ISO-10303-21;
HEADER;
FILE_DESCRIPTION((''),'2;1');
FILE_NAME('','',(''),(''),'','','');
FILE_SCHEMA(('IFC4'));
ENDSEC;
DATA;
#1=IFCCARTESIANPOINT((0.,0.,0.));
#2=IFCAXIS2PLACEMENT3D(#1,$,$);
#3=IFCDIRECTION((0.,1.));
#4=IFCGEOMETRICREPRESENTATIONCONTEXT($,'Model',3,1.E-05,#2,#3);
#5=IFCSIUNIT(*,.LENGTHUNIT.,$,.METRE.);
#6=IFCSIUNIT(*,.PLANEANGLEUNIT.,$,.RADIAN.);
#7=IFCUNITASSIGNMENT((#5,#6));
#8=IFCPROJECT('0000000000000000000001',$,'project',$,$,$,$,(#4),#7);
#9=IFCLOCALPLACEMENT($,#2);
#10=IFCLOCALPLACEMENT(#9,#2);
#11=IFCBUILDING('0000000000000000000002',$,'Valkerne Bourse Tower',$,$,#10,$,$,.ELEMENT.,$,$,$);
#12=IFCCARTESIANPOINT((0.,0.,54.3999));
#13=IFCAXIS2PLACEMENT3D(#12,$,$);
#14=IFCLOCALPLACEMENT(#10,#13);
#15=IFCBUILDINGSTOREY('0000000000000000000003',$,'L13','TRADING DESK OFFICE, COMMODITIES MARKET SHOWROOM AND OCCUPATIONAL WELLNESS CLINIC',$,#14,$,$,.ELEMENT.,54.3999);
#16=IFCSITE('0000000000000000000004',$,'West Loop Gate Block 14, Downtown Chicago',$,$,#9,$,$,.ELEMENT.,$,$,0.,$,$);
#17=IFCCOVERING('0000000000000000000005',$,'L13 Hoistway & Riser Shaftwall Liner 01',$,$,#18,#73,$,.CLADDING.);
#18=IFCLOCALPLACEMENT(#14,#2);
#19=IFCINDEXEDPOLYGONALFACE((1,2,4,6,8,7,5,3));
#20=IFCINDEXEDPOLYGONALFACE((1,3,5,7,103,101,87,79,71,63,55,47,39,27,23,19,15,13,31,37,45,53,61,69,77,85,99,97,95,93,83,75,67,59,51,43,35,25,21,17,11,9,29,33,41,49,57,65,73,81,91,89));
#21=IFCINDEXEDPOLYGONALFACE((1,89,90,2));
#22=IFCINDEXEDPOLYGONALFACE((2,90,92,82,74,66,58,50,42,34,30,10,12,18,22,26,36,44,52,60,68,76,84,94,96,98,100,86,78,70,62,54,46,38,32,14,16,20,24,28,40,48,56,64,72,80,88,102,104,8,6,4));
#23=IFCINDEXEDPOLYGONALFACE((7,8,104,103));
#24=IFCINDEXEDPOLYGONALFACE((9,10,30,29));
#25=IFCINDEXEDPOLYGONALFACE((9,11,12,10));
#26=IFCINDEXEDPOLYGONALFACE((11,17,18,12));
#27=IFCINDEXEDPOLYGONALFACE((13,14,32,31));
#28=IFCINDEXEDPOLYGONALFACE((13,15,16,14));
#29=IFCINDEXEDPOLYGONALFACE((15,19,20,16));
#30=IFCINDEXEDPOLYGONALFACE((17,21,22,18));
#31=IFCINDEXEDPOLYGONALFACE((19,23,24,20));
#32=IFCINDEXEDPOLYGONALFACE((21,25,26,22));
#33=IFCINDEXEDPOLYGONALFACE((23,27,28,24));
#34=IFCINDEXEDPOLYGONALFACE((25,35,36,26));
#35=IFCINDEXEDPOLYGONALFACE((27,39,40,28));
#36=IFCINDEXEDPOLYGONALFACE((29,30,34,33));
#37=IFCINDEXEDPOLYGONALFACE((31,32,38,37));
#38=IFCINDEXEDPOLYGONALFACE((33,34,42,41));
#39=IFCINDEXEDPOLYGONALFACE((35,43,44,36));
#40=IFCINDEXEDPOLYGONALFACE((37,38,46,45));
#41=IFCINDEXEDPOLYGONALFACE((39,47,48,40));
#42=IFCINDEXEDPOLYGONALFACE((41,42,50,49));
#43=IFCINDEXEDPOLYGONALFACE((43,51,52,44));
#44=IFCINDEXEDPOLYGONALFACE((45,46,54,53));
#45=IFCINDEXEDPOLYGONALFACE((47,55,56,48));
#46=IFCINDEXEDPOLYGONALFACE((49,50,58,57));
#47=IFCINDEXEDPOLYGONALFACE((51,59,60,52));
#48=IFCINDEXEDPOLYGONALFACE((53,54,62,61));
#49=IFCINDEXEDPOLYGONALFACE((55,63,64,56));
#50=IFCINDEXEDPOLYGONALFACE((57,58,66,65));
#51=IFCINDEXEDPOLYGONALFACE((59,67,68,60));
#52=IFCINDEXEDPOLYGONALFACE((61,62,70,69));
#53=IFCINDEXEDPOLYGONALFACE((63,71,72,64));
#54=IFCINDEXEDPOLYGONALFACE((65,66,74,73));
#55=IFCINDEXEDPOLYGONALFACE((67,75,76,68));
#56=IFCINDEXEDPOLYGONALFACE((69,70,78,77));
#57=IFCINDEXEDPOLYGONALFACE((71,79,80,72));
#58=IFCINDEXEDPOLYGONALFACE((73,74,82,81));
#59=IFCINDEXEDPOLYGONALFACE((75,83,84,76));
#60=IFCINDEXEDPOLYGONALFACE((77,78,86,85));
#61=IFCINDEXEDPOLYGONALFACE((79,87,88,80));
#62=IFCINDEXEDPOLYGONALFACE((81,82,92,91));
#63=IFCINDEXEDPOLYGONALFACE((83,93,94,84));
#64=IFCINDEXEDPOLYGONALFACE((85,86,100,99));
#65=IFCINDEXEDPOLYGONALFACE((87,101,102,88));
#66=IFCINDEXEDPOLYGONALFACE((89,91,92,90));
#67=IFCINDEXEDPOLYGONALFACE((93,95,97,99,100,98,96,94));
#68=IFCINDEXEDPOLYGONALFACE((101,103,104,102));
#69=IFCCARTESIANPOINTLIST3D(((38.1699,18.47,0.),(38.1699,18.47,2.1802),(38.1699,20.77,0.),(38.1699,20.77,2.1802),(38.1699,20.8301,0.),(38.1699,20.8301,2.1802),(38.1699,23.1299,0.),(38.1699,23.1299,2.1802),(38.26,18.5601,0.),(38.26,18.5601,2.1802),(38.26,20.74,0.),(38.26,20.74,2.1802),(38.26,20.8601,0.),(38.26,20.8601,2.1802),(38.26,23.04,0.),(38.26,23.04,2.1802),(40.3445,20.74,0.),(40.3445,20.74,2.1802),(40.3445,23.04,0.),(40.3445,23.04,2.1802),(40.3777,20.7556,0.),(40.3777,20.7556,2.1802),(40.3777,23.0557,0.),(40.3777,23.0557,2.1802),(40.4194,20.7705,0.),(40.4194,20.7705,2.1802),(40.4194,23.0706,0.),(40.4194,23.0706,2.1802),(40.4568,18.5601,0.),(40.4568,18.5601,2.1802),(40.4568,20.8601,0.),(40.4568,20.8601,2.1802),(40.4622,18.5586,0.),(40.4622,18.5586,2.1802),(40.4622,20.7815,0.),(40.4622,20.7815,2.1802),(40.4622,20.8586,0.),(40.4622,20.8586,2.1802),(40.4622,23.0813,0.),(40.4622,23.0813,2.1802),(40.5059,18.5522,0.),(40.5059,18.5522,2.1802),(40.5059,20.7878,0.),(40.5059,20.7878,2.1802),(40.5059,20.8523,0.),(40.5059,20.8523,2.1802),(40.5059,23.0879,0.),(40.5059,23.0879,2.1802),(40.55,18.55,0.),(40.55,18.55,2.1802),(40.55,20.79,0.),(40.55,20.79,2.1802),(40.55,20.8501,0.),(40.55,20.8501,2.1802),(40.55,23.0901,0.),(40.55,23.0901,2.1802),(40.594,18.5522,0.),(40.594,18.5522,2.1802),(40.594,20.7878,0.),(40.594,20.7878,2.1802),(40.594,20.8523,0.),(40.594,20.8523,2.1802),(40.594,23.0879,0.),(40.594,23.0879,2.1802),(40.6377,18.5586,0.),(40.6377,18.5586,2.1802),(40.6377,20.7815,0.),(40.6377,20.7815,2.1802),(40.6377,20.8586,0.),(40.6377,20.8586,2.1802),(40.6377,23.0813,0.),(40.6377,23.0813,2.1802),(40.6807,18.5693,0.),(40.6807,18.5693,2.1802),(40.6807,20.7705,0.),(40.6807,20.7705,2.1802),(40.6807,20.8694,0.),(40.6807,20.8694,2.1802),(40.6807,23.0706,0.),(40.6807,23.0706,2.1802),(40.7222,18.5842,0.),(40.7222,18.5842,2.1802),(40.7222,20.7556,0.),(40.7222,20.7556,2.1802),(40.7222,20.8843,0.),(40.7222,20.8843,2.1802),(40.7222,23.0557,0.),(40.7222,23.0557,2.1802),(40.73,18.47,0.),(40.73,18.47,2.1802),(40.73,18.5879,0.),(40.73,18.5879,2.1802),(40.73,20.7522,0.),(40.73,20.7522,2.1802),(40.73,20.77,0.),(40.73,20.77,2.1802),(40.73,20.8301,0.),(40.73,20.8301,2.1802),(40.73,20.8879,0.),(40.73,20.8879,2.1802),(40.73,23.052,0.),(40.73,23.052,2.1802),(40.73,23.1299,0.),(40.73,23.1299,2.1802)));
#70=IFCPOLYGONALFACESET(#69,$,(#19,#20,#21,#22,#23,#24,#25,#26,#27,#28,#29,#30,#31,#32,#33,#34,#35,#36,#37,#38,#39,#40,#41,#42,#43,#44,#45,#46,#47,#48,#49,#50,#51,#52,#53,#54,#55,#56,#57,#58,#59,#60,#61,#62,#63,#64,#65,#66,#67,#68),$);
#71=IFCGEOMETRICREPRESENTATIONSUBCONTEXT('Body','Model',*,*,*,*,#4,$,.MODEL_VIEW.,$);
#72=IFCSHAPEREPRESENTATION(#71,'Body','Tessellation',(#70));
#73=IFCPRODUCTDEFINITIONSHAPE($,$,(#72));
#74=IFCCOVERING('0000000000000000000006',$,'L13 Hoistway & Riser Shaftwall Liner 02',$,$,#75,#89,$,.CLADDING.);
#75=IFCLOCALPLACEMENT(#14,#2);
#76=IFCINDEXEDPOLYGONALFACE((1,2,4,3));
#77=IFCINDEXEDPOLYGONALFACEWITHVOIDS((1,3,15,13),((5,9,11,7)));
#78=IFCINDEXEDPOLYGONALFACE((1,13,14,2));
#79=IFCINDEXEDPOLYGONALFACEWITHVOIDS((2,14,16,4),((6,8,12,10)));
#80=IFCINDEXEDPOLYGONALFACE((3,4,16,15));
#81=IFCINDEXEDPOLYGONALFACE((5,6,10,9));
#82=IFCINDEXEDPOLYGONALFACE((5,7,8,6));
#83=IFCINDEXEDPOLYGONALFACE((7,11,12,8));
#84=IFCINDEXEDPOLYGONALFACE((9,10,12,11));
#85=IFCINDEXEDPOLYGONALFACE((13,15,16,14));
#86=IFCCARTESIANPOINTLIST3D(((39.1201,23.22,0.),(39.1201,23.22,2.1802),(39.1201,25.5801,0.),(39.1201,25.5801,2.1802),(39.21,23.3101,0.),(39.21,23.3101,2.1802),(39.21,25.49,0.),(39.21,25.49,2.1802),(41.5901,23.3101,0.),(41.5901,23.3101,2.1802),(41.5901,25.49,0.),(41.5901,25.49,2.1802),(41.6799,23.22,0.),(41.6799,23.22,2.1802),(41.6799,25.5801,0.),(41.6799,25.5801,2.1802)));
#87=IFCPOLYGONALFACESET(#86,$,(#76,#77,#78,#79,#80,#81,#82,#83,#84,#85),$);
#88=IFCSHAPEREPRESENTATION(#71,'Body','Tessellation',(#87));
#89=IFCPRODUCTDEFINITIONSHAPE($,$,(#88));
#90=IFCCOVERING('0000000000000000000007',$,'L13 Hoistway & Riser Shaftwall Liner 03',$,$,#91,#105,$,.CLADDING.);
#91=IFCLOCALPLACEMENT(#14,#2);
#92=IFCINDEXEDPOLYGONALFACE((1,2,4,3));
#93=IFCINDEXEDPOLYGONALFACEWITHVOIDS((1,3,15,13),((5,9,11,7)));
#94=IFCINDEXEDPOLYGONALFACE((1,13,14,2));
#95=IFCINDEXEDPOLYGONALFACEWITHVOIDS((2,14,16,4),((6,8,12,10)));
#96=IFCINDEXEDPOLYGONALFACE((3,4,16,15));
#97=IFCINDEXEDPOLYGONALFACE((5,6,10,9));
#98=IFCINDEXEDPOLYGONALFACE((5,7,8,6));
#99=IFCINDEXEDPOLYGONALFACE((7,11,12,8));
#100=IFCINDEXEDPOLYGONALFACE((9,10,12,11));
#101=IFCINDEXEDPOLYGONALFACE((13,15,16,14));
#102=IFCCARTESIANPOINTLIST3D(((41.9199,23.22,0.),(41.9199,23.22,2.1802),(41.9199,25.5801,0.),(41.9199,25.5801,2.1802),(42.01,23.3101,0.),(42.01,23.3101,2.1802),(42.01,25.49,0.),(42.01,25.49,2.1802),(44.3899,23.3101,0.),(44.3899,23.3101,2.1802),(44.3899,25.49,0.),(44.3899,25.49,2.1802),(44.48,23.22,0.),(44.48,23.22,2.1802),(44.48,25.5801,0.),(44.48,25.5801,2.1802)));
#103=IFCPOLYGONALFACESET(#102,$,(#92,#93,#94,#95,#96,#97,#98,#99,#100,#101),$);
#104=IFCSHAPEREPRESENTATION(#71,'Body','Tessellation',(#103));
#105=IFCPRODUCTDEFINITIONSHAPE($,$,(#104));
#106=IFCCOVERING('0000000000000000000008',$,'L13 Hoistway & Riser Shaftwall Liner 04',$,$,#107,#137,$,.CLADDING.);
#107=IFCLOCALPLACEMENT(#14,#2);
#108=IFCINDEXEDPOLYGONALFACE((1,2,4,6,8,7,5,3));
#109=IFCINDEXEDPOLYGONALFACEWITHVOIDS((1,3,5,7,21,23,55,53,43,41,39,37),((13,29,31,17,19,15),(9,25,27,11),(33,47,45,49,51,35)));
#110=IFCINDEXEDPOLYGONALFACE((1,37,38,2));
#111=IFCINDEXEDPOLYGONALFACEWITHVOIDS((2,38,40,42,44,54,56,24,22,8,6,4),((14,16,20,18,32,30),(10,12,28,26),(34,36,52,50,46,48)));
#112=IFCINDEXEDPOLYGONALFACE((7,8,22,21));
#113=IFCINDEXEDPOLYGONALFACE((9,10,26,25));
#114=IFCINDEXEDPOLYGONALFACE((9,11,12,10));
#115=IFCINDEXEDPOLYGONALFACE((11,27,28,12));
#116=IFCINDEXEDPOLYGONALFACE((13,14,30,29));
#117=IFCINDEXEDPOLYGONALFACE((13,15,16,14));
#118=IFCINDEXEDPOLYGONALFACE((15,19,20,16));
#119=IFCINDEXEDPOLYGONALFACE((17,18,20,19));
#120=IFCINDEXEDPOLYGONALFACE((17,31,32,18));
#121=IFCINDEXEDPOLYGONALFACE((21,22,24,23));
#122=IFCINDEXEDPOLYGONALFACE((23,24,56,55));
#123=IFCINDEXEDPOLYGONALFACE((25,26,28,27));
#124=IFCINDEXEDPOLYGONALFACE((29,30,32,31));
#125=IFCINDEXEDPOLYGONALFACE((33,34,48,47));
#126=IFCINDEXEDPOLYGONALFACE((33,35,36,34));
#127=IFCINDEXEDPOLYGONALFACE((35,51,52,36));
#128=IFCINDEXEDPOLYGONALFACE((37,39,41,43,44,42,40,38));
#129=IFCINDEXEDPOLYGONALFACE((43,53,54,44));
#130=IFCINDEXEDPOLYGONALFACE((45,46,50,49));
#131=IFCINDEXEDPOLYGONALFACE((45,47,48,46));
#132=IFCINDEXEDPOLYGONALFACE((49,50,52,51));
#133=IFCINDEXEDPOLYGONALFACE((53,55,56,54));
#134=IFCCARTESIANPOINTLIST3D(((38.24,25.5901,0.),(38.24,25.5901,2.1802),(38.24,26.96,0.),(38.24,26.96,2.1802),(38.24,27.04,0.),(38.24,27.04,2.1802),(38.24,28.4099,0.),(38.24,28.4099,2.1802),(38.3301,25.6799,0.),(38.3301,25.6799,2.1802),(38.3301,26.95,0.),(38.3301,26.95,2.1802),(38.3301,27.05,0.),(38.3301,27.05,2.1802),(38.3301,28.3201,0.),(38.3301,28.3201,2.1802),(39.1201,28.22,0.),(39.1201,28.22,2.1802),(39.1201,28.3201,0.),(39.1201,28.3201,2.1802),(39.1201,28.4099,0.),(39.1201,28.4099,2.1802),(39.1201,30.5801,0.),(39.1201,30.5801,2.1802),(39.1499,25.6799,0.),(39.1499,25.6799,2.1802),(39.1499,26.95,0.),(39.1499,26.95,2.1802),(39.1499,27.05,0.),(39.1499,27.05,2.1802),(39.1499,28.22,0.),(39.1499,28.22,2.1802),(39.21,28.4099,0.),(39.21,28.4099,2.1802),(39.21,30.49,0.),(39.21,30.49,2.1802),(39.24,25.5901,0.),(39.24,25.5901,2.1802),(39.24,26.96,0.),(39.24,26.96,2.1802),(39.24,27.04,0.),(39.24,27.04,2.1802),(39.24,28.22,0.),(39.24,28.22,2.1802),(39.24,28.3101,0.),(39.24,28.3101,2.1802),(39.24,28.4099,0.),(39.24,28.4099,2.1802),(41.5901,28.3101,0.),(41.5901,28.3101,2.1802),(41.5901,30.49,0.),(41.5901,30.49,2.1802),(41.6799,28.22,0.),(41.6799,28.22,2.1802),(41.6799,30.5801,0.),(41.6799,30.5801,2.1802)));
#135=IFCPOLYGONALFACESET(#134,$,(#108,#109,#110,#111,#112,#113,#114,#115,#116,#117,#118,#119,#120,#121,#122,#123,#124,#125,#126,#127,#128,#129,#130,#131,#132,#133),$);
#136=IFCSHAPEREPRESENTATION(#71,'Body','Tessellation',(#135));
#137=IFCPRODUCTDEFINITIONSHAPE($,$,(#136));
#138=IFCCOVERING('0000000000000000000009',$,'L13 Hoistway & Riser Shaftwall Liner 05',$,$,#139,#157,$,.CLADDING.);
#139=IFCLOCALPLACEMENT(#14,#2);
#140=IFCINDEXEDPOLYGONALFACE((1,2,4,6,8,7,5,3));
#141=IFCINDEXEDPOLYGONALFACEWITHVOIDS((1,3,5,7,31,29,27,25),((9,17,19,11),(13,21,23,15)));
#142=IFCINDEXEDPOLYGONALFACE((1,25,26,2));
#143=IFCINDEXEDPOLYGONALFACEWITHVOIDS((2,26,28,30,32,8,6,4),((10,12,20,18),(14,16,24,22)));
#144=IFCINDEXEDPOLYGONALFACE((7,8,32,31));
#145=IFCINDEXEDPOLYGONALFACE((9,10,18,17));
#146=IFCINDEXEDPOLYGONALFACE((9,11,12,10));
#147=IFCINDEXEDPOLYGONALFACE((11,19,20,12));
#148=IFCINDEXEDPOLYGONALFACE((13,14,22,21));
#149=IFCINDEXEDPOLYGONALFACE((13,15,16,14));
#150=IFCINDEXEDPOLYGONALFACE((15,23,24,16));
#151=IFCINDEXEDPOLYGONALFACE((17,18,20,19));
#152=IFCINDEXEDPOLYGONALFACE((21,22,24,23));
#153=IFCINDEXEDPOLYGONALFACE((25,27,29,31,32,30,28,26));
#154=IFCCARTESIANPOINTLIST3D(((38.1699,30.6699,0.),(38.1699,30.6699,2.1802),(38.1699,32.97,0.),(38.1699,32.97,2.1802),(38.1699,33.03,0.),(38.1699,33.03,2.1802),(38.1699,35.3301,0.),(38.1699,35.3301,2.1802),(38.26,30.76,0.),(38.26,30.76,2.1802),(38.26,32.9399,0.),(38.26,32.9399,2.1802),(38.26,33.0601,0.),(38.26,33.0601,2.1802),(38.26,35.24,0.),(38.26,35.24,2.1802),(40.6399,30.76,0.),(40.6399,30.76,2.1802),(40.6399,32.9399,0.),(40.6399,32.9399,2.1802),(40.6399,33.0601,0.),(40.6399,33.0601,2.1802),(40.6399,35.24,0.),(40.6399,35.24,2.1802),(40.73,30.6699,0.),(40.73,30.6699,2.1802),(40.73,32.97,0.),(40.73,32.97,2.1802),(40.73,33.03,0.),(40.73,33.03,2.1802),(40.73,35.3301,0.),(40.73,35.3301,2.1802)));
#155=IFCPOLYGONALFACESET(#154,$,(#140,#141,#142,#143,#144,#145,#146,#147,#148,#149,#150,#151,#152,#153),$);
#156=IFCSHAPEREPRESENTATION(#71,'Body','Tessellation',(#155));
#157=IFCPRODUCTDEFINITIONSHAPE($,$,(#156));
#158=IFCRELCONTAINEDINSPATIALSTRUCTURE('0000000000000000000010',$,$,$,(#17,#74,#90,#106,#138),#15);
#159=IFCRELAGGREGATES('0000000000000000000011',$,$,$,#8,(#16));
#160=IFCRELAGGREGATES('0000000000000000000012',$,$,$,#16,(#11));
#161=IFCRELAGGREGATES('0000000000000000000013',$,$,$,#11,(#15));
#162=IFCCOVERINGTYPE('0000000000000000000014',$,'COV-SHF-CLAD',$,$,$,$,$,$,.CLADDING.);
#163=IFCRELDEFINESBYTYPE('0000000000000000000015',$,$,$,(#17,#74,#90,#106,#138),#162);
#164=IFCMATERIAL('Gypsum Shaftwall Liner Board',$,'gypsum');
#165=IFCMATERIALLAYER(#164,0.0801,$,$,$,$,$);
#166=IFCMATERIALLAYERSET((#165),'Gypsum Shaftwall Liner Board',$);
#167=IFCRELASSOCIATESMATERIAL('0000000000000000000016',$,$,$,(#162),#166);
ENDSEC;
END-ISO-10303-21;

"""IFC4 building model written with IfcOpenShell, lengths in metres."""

from ifc_helpers import new_model, si_unit, direction, frame, origin, place, context, subcontext, project, spatial, polyline, outline, extrude, material, layer, layer_set, type_object, element, save


model = new_model("IFC4")

# Units and contexts
model_context = context("Model", 3, precision=1e-05, world=origin(), true_north=direction((0.0, 1.0)))
body_context = subcontext(model_context, "Body", "Model", "MODEL_VIEW")
ifc_project = project(units=[si_unit("LENGTHUNIT", "METRE"), si_unit("PLANEANGLEUNIT", "RADIAN")], contexts=[model_context])

# Site, building, storey
site_placement = place(None, origin())
site = spatial("IfcSite", under=ifc_project, at=site_placement, Name="West Loop Gate Block 14, Downtown Chicago", CompositionType="ELEMENT", RefElevation=0.0)
building_placement = place(site_placement, origin())
building = spatial("IfcBuilding", under=site, at=building_placement, Name="Valkerne Bourse Tower", CompositionType="ELEMENT")
storey_placement = place(building_placement, frame((0.0, 0.0, 54.3999)))
storey = spatial("IfcBuildingStorey", under=building, at=storey_placement, Name="L13", Description="TRADING DESK OFFICE, COMMODITIES MARKET SHOWROOM AND OCCUPATIONAL WELLNESS CLINIC", CompositionType="ELEMENT", Elevation=54.3999)

# Coverings
ifc_material_1 = material(Name="Gypsum Shaftwall Liner Board", Category="gypsum")
ifc_layer_1 = layer(ifc_material_1, 0.0801)
ifc_layer_set_1 = layer_set([ifc_layer_1], Name="Gypsum Shaftwall Liner Board")
covering_type_1 = type_object("IfcCoveringType", Name="COV-SHF-CLAD", PredefinedType="CLADDING", material=ifc_layer_set_1)
covering_1_placement = place(storey_placement, origin())
element("IfcCovering", 1, at=covering_1_placement, inside=storey, type_object=covering_type_1, Name="L13 Hoistway & Riser Shaftwall Liner 01", PredefinedType="CLADDING", context=body_context, shape_type="SweptSolid", body=[
    extrude(outline(polyline([(38.1699, 23.1299), (40.73, 23.1299), (40.73, 23.052), (40.7222, 23.0557), (40.6807, 23.0706), (40.6377, 23.0813), (40.594, 23.0879), (40.55, 23.0901), (40.5059, 23.0879), (40.4622, 23.0813), (40.4194, 23.0706), (40.3777, 23.0557), (40.3445, 23.04), (38.26, 23.04), (38.26, 20.8601), (40.4568, 20.8601), (40.4622, 20.8586), (40.5059, 20.8523), (40.55, 20.8501), (40.594, 20.8523), (40.6377, 20.8586), (40.6807, 20.8694), (40.7222, 20.8843), (40.73, 20.8879), (40.73, 20.8301), (40.73, 20.77), (40.73, 20.7522), (40.7222, 20.7556), (40.6807, 20.7705), (40.6377, 20.7815), (40.594, 20.7878), (40.55, 20.79), (40.5059, 20.7878), (40.4622, 20.7815), (40.4194, 20.7705), (40.3777, 20.7556), (40.3445, 20.74), (38.26, 20.74), (38.26, 18.5601), (40.4568, 18.5601), (40.4622, 18.5586), (40.5059, 18.5522), (40.55, 18.55), (40.594, 18.5522), (40.6377, 18.5586), (40.6807, 18.5693), (40.7222, 18.5842), (40.73, 18.5879), (40.73, 18.47), (38.1699, 18.47), (38.1699, 20.77), (38.1699, 20.8301), (38.1699, 23.1299)])), origin(), (0.0, 0.0, 1.0), 2.1802),
])
covering_2_placement = place(storey_placement, origin())
element("IfcCovering", 2, at=covering_2_placement, inside=storey, type_object=covering_type_1, Name="L13 Hoistway & Riser Shaftwall Liner 02", PredefinedType="CLADDING", context=body_context, shape_type="SweptSolid", body=[
    extrude(outline(polyline([(41.6799, 23.22), (39.1201, 23.22), (39.1201, 25.5801), (41.6799, 25.5801), (41.6799, 23.22)]), holes=[polyline([(39.21, 25.49), (39.21, 23.3101), (41.5901, 23.3101), (41.5901, 25.49), (39.21, 25.49)])]), origin(), (0.0, 0.0, 1.0), 2.1802),
])
covering_3_placement = place(storey_placement, origin())
element("IfcCovering", 3, at=covering_3_placement, inside=storey, type_object=covering_type_1, Name="L13 Hoistway & Riser Shaftwall Liner 03", PredefinedType="CLADDING", context=body_context, shape_type="SweptSolid", body=[
    extrude(outline(polyline([(44.48, 23.22), (41.9199, 23.22), (41.9199, 25.5801), (44.48, 25.5801), (44.48, 23.22)]), holes=[polyline([(42.01, 25.49), (42.01, 23.3101), (44.3899, 23.3101), (44.3899, 25.49), (42.01, 25.49)])]), origin(), (0.0, 0.0, 1.0), 2.1802),
])
covering_4_placement = place(storey_placement, origin())
element("IfcCovering", 4, at=covering_4_placement, inside=storey, type_object=covering_type_1, Name="L13 Hoistway & Riser Shaftwall Liner 04", PredefinedType="CLADDING", context=body_context, shape_type="SweptSolid", body=[
    extrude(outline(polyline([(38.24, 28.4099), (39.1201, 28.4099), (39.1201, 30.5801), (41.6799, 30.5801), (41.6799, 28.22), (39.24, 28.22), (39.24, 27.04), (39.24, 26.96), (39.24, 25.5901), (38.24, 25.5901), (38.24, 26.96), (38.24, 27.04), (38.24, 28.4099)]), holes=[polyline([(39.21, 30.49), (39.21, 28.4099), (39.24, 28.4099), (39.24, 28.3101), (41.5901, 28.3101), (41.5901, 30.49), (39.21, 30.49)]), polyline([(38.3301, 26.95), (38.3301, 25.6799), (39.1499, 25.6799), (39.1499, 26.95), (38.3301, 26.95)]), polyline([(39.1201, 28.22), (39.1201, 28.3201), (38.3301, 28.3201), (38.3301, 27.05), (39.1499, 27.05), (39.1499, 28.22), (39.1201, 28.22)])]), origin(), (0.0, 0.0, 1.0), 2.1802),
])
covering_5_placement = place(storey_placement, origin())
element("IfcCovering", 5, at=covering_5_placement, inside=storey, type_object=covering_type_1, Name="L13 Hoistway & Riser Shaftwall Liner 05", PredefinedType="CLADDING", context=body_context, shape_type="SweptSolid", body=[
    extrude(outline(polyline([(38.1699, 35.3301), (40.73, 35.3301), (40.73, 33.03), (40.73, 32.97), (40.73, 30.6699), (38.1699, 30.6699), (38.1699, 32.97), (38.1699, 33.03), (38.1699, 35.3301)]), holes=[polyline([(38.26, 32.9399), (38.26, 30.76), (40.6399, 30.76), (40.6399, 32.9399), (38.26, 32.9399)]), polyline([(38.26, 35.24), (38.26, 33.0601), (40.6399, 33.0601), (40.6399, 35.24), (38.26, 35.24)])]), origin(), (0.0, 0.0, 1.0), 2.1802),
])

save(model, "model.ifc")
